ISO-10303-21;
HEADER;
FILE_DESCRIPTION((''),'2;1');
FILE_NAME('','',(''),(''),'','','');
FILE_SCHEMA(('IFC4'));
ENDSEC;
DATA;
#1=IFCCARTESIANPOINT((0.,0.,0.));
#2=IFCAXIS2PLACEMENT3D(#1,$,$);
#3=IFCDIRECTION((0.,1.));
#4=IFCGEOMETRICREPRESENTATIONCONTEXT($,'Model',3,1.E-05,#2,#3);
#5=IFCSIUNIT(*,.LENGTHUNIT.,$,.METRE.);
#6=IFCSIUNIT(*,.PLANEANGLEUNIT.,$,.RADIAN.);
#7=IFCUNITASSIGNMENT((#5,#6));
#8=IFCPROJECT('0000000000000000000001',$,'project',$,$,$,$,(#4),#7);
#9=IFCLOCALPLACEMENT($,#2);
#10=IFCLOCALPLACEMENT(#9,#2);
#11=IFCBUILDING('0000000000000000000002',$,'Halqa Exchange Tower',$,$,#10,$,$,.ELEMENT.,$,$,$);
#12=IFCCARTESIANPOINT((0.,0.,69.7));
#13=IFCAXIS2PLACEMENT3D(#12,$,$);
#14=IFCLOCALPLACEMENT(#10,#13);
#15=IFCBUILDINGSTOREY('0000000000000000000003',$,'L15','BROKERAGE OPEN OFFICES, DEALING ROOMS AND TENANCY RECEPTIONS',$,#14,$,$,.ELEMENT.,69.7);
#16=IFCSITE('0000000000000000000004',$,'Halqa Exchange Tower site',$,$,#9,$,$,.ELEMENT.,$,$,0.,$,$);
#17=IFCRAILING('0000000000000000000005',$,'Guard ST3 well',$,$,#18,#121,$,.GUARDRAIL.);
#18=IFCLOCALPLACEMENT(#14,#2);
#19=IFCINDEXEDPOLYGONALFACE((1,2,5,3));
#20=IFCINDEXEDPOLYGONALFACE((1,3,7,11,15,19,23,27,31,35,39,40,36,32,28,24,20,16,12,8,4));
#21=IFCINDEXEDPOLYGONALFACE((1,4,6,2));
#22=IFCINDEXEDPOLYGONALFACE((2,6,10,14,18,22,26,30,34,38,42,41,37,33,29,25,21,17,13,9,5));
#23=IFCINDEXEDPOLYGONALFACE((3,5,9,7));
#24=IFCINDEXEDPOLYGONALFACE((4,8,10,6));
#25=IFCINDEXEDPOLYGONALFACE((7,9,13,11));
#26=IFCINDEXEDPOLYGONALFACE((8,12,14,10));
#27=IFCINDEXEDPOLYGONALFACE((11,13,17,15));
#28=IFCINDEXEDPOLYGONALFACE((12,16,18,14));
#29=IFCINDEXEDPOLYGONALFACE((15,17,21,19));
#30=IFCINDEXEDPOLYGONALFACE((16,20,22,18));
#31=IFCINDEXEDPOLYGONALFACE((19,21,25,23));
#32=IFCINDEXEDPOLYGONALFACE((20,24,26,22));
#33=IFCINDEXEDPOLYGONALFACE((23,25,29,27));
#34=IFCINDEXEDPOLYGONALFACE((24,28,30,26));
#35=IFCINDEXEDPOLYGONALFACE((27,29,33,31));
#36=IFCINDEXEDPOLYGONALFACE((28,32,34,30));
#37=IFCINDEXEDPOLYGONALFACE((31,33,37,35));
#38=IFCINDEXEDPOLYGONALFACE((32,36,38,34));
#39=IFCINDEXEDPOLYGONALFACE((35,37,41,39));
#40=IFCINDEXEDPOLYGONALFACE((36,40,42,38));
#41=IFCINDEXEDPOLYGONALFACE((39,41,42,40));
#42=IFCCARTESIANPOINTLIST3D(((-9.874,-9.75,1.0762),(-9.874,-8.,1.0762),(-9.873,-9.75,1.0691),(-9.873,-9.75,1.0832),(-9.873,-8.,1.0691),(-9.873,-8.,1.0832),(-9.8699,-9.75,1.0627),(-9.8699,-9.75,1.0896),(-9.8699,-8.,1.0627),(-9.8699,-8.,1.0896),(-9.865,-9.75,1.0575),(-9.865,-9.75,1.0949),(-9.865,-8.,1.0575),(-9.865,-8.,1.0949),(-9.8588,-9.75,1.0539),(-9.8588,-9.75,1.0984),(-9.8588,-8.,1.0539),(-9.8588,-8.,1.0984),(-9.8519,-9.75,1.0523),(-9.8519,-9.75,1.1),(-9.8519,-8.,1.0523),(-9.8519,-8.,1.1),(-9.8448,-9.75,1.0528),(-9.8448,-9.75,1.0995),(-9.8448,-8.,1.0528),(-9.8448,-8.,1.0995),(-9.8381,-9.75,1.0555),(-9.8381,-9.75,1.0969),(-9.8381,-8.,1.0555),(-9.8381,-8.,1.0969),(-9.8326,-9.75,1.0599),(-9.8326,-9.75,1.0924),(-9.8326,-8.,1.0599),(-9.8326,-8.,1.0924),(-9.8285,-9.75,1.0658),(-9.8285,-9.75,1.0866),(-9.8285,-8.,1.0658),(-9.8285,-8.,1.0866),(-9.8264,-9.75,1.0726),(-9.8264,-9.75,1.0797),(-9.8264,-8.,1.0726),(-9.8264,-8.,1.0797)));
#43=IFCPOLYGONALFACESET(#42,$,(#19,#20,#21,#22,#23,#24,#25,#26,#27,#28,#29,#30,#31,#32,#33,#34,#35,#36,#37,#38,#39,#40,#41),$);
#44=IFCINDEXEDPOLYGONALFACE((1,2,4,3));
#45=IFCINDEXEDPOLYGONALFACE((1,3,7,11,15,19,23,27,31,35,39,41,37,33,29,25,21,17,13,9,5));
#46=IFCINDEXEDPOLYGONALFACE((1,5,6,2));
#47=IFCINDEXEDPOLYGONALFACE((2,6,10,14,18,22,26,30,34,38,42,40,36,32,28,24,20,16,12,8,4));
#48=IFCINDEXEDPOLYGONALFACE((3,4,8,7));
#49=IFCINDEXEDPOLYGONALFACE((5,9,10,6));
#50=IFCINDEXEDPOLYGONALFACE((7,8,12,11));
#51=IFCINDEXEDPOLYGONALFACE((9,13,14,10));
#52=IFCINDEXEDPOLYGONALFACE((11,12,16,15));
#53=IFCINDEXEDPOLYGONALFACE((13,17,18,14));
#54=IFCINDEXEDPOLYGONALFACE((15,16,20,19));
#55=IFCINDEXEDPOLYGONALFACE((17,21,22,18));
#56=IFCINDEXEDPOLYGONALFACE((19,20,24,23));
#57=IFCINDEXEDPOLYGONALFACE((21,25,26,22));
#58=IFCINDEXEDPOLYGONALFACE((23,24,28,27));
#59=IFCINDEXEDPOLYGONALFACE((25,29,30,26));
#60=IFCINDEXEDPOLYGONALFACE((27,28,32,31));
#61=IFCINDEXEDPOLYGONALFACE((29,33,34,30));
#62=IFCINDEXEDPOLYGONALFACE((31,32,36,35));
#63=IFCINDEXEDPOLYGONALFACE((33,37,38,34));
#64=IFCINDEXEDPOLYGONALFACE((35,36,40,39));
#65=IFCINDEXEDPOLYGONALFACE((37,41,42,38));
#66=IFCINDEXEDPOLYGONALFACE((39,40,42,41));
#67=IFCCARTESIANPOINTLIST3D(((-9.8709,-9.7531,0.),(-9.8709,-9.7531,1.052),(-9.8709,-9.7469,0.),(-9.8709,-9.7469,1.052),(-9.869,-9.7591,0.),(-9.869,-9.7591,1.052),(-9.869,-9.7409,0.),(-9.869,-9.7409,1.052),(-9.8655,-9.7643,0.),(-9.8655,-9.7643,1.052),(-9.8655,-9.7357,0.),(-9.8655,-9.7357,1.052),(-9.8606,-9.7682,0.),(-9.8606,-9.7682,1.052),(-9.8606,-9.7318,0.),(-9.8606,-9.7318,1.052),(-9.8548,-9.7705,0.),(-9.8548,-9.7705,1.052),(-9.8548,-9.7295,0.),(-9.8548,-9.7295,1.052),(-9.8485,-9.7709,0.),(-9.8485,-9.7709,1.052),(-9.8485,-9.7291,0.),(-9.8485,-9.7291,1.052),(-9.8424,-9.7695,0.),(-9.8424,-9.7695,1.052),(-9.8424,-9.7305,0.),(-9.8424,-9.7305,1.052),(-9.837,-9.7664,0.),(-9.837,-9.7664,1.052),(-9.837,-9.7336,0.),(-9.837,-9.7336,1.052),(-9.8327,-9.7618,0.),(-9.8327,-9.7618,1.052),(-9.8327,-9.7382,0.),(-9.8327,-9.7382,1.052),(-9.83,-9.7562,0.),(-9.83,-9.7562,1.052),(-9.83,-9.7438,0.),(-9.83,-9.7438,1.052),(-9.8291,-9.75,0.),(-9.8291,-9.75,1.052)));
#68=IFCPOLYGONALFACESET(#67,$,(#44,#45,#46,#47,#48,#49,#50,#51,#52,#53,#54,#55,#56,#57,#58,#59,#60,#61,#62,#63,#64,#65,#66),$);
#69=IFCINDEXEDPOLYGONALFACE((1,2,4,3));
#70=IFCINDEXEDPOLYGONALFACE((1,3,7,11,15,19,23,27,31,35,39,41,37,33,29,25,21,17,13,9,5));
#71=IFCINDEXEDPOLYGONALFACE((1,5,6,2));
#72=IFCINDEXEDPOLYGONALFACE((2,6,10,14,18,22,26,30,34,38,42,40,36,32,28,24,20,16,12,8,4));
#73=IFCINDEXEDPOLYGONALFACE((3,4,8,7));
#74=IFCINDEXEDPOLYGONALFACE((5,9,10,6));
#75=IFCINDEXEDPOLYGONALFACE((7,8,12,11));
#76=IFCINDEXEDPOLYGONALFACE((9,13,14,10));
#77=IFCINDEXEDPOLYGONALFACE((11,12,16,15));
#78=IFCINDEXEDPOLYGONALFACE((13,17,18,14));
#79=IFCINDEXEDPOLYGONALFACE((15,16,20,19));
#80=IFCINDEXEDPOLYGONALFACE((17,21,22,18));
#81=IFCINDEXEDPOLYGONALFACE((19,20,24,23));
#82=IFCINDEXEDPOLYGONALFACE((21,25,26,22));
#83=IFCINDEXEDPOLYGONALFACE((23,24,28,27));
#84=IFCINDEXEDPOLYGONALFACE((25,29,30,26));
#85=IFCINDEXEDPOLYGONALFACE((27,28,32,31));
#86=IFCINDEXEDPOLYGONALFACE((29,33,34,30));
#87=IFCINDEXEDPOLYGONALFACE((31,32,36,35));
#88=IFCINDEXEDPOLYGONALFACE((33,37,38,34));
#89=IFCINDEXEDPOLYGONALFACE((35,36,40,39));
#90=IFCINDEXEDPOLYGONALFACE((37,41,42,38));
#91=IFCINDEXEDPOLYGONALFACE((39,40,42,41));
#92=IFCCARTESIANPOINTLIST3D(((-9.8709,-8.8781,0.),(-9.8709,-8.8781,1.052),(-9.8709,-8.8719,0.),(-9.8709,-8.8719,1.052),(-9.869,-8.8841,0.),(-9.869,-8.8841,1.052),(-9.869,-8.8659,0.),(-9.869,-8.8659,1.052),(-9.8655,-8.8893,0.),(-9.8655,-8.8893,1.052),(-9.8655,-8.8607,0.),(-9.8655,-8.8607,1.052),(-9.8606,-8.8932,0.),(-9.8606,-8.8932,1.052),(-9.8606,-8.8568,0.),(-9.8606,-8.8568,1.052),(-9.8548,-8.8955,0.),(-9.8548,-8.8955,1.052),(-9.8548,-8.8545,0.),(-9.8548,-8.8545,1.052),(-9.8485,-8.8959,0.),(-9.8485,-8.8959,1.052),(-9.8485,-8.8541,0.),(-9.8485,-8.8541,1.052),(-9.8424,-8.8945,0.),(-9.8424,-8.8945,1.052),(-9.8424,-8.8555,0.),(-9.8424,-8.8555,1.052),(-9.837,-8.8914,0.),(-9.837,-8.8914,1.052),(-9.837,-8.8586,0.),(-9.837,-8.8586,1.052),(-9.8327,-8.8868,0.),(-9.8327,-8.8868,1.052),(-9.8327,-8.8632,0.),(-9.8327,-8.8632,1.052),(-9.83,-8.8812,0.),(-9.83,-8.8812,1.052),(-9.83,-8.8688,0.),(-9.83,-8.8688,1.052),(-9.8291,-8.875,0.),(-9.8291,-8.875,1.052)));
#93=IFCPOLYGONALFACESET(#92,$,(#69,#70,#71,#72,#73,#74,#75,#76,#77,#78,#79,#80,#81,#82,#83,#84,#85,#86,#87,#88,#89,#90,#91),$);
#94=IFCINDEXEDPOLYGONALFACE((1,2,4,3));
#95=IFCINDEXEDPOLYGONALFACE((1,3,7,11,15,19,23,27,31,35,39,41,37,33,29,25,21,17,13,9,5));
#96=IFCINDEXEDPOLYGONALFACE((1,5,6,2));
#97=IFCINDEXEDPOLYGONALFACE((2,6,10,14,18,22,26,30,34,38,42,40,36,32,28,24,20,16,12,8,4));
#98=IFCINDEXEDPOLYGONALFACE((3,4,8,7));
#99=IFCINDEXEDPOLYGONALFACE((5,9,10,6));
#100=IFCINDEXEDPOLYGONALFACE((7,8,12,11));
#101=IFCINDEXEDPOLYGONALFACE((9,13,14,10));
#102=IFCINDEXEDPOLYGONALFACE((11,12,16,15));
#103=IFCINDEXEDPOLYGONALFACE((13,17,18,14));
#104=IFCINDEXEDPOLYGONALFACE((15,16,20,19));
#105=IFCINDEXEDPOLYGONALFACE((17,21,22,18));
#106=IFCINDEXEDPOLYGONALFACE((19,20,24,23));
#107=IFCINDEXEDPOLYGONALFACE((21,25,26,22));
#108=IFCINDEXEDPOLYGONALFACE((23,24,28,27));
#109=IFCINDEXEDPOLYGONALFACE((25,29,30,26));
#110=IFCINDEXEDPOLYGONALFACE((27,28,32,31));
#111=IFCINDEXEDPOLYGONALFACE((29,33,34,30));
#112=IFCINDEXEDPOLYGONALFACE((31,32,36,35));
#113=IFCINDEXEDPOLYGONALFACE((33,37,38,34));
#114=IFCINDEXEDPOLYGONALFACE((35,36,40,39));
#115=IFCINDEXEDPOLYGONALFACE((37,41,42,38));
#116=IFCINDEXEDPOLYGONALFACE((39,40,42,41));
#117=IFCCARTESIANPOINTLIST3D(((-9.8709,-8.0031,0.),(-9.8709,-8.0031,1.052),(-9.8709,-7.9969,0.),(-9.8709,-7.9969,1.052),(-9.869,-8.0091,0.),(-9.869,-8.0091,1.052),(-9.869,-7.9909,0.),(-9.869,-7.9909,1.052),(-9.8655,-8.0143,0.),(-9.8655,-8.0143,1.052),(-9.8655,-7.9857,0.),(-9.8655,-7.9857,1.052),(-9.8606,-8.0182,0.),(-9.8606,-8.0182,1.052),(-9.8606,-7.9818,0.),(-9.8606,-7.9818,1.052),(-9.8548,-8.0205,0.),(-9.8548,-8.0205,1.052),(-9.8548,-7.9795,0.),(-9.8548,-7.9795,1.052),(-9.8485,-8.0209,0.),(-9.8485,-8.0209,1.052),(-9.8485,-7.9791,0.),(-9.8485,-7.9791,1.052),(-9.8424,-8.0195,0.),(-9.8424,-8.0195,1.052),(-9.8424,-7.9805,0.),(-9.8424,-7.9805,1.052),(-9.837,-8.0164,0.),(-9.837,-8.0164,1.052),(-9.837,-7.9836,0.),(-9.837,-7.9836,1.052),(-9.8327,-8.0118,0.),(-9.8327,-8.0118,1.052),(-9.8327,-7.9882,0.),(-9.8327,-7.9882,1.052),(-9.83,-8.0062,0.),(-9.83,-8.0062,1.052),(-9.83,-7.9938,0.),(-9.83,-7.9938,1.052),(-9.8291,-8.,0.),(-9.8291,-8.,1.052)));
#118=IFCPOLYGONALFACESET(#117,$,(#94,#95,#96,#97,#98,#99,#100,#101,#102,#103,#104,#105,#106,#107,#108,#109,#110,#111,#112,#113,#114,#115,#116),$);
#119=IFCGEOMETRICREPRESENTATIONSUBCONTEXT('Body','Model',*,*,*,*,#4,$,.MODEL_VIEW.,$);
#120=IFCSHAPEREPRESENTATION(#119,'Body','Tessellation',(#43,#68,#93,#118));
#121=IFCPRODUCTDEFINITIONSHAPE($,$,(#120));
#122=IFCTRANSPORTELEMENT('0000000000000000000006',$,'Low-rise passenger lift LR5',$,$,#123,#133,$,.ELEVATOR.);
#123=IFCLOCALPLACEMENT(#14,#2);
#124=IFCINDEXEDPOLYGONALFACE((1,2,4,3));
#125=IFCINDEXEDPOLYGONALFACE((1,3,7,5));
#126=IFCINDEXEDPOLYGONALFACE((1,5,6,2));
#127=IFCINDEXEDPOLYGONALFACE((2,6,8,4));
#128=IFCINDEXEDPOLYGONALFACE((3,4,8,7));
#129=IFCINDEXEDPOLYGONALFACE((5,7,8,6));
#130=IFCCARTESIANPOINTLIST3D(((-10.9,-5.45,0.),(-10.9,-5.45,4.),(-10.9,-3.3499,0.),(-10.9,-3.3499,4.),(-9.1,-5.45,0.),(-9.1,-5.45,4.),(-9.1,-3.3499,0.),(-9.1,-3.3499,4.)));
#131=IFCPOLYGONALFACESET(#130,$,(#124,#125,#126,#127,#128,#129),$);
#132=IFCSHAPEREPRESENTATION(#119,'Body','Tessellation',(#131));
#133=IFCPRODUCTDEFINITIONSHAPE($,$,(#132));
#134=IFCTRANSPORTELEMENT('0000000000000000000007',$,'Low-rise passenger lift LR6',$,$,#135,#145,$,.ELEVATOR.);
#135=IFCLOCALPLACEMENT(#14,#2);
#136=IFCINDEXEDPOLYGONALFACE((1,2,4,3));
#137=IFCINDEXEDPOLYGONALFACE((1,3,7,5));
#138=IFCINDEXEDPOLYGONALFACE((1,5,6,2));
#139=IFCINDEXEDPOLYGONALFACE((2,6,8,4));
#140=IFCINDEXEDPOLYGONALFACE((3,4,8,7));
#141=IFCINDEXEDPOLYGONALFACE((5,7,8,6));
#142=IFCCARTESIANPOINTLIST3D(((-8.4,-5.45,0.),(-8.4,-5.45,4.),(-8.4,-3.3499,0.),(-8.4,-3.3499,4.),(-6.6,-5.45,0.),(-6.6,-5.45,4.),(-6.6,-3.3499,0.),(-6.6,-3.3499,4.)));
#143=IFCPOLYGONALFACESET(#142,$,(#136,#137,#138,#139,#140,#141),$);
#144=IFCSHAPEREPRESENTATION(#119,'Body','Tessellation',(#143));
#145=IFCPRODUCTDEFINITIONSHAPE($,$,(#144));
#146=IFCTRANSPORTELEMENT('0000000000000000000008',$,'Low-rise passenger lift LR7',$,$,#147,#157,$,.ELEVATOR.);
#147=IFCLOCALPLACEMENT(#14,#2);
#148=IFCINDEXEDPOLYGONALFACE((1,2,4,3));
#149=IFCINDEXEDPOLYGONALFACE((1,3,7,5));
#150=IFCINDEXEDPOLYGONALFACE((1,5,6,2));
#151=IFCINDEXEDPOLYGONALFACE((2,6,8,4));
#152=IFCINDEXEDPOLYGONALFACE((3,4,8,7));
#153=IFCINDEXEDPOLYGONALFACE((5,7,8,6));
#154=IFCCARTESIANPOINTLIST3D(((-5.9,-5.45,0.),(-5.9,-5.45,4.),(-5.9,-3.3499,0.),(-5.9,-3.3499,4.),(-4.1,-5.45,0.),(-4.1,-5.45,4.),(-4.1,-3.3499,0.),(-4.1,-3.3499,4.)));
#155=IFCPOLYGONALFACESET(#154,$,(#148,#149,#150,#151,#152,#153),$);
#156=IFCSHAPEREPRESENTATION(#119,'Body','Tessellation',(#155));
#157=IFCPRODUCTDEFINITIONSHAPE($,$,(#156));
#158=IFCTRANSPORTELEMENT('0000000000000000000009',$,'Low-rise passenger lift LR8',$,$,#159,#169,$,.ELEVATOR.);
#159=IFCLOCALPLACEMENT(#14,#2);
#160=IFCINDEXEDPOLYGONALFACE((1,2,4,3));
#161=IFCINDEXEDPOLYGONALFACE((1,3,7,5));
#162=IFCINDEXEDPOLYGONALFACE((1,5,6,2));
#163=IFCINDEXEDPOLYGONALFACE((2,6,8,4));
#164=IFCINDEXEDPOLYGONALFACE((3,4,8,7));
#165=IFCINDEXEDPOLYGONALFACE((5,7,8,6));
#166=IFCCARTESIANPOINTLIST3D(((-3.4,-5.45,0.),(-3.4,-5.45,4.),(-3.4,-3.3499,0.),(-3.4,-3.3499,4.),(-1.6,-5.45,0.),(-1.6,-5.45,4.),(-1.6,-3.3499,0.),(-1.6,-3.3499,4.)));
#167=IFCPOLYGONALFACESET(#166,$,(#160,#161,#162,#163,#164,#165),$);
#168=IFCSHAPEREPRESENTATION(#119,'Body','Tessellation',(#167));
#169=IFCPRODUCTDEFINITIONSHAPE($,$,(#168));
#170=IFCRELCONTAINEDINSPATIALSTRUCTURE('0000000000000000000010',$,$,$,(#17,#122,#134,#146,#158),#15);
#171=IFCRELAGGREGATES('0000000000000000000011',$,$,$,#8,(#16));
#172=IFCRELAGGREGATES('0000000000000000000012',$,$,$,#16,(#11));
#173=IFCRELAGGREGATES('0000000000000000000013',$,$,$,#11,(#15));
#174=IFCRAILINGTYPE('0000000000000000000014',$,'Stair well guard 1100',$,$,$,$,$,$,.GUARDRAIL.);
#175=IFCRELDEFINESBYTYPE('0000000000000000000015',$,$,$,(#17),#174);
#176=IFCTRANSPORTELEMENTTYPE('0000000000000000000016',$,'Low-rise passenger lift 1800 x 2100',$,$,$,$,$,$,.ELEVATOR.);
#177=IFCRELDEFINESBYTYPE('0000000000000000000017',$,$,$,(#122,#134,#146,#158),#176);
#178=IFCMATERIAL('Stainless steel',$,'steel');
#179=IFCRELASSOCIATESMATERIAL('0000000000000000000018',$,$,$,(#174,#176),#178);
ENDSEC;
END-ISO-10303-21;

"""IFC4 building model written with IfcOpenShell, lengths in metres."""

from ifc_helpers import new_model, si_unit, direction, frame, origin, origin_2d, place, context, subcontext, project, spatial, rectangle, circle, extrude, material, type_object, element, save


model = new_model("IFC4")

# Units and contexts
model_context = context("Model", 3, precision=1e-05, world=origin(), true_north=direction((0.0, 1.0)))
body_context = subcontext(model_context, "Body", "Model", "MODEL_VIEW")
ifc_project = project(units=[si_unit("LENGTHUNIT", "METRE"), si_unit("PLANEANGLEUNIT", "RADIAN")], contexts=[model_context])

# Site, building, storey
site_placement = place(None, origin())
site = spatial("IfcSite", under=ifc_project, at=site_placement, Name="Halqa Exchange Tower site", CompositionType="ELEMENT", RefElevation=0.0)
building_placement = place(site_placement, origin())
building = spatial("IfcBuilding", under=site, at=building_placement, Name="Halqa Exchange Tower", CompositionType="ELEMENT")
storey_placement = place(building_placement, frame((0.0, 0.0, 69.7)))
storey = spatial("IfcBuildingStorey", under=building, at=storey_placement, Name="L15", Description="BROKERAGE OPEN OFFICES, DEALING ROOMS AND TENANCY RECEPTIONS", CompositionType="ELEMENT", Elevation=69.7)

# Shared definitions
ifc_material_1 = material(Name="Stainless steel", Category="steel")

# Railing
railing_type_1 = type_object("IfcRailingType", Name="Stair well guard 1100", PredefinedType="GUARDRAIL", material=ifc_material_1)
railing_1_placement = place(storey_placement, frame((-9.8501, -9.75, 0.0)))
element("IfcRailing", 1, at=railing_1_placement, inside=storey, type_object=railing_type_1, Name="Guard ST3 well", PredefinedType="GUARDRAIL", context=body_context, shape_type="SweptSolid", body=[
    extrude(circle(Radius=0.0239, at=origin_2d()), frame((0.0, 0.0, 1.0762), z_axis=(0.0, 1.0, 0.0), x_axis=(-1.0, 0.0, 0.0)), (0.0, 0.0, 1.0), 1.75),
    extrude(circle(Radius=0.021, at=origin_2d()), origin(), (0.0, 0.0, 1.0), 1.052),
    extrude(circle(Radius=0.021, at=origin_2d()), frame((0.0, 0.875, 0.0)), (0.0, 0.0, 1.0), 1.052),
    extrude(circle(Radius=0.021, at=origin_2d()), frame((0.0, 1.75, 0.0)), (0.0, 0.0, 1.0), 1.052),
])

# Transport elements
transport_element_type = type_object("IfcTransportElementType", Name="Low-rise passenger lift 1800 x 2100", PredefinedType="ELEVATOR", material=ifc_material_1)
for number, where, z_axis, x_axis, name in (
    (2, (-10.0, -4.3999, 0.0), (0.0, 0.0, 1.0), (1.0, 0.0, 0.0), "Low-rise passenger lift LR5"),
    (3, (-7.5, -4.3999, 0.0), (0.0, 0.0, 1.0), (1.0, 0.0, 0.0), "Low-rise passenger lift LR6"),
    (4, (-5.0, -4.3999, 0.0), (0.0, 0.0, 1.0), (1.0, 0.0, 0.0), "Low-rise passenger lift LR7"),
    (5, (-2.5, -4.3999, 0.0), (0.0, 0.0, 1.0), (1.0, 0.0, 0.0), "Low-rise passenger lift LR8"),
):
    element("IfcTransportElement", number, at=place(storey_placement, frame(where, z_axis=z_axis, x_axis=x_axis)), inside=storey, type_object=transport_element_type, Name=name, PredefinedType="ELEVATOR", context=body_context, shape_type="SweptSolid", body=[
        extrude(rectangle(XDim=1.8, YDim=2.1001, at=origin_2d()), origin(), (0.0, 0.0, 1.0), 4.0),
    ])

save(model, "model.ifc")
